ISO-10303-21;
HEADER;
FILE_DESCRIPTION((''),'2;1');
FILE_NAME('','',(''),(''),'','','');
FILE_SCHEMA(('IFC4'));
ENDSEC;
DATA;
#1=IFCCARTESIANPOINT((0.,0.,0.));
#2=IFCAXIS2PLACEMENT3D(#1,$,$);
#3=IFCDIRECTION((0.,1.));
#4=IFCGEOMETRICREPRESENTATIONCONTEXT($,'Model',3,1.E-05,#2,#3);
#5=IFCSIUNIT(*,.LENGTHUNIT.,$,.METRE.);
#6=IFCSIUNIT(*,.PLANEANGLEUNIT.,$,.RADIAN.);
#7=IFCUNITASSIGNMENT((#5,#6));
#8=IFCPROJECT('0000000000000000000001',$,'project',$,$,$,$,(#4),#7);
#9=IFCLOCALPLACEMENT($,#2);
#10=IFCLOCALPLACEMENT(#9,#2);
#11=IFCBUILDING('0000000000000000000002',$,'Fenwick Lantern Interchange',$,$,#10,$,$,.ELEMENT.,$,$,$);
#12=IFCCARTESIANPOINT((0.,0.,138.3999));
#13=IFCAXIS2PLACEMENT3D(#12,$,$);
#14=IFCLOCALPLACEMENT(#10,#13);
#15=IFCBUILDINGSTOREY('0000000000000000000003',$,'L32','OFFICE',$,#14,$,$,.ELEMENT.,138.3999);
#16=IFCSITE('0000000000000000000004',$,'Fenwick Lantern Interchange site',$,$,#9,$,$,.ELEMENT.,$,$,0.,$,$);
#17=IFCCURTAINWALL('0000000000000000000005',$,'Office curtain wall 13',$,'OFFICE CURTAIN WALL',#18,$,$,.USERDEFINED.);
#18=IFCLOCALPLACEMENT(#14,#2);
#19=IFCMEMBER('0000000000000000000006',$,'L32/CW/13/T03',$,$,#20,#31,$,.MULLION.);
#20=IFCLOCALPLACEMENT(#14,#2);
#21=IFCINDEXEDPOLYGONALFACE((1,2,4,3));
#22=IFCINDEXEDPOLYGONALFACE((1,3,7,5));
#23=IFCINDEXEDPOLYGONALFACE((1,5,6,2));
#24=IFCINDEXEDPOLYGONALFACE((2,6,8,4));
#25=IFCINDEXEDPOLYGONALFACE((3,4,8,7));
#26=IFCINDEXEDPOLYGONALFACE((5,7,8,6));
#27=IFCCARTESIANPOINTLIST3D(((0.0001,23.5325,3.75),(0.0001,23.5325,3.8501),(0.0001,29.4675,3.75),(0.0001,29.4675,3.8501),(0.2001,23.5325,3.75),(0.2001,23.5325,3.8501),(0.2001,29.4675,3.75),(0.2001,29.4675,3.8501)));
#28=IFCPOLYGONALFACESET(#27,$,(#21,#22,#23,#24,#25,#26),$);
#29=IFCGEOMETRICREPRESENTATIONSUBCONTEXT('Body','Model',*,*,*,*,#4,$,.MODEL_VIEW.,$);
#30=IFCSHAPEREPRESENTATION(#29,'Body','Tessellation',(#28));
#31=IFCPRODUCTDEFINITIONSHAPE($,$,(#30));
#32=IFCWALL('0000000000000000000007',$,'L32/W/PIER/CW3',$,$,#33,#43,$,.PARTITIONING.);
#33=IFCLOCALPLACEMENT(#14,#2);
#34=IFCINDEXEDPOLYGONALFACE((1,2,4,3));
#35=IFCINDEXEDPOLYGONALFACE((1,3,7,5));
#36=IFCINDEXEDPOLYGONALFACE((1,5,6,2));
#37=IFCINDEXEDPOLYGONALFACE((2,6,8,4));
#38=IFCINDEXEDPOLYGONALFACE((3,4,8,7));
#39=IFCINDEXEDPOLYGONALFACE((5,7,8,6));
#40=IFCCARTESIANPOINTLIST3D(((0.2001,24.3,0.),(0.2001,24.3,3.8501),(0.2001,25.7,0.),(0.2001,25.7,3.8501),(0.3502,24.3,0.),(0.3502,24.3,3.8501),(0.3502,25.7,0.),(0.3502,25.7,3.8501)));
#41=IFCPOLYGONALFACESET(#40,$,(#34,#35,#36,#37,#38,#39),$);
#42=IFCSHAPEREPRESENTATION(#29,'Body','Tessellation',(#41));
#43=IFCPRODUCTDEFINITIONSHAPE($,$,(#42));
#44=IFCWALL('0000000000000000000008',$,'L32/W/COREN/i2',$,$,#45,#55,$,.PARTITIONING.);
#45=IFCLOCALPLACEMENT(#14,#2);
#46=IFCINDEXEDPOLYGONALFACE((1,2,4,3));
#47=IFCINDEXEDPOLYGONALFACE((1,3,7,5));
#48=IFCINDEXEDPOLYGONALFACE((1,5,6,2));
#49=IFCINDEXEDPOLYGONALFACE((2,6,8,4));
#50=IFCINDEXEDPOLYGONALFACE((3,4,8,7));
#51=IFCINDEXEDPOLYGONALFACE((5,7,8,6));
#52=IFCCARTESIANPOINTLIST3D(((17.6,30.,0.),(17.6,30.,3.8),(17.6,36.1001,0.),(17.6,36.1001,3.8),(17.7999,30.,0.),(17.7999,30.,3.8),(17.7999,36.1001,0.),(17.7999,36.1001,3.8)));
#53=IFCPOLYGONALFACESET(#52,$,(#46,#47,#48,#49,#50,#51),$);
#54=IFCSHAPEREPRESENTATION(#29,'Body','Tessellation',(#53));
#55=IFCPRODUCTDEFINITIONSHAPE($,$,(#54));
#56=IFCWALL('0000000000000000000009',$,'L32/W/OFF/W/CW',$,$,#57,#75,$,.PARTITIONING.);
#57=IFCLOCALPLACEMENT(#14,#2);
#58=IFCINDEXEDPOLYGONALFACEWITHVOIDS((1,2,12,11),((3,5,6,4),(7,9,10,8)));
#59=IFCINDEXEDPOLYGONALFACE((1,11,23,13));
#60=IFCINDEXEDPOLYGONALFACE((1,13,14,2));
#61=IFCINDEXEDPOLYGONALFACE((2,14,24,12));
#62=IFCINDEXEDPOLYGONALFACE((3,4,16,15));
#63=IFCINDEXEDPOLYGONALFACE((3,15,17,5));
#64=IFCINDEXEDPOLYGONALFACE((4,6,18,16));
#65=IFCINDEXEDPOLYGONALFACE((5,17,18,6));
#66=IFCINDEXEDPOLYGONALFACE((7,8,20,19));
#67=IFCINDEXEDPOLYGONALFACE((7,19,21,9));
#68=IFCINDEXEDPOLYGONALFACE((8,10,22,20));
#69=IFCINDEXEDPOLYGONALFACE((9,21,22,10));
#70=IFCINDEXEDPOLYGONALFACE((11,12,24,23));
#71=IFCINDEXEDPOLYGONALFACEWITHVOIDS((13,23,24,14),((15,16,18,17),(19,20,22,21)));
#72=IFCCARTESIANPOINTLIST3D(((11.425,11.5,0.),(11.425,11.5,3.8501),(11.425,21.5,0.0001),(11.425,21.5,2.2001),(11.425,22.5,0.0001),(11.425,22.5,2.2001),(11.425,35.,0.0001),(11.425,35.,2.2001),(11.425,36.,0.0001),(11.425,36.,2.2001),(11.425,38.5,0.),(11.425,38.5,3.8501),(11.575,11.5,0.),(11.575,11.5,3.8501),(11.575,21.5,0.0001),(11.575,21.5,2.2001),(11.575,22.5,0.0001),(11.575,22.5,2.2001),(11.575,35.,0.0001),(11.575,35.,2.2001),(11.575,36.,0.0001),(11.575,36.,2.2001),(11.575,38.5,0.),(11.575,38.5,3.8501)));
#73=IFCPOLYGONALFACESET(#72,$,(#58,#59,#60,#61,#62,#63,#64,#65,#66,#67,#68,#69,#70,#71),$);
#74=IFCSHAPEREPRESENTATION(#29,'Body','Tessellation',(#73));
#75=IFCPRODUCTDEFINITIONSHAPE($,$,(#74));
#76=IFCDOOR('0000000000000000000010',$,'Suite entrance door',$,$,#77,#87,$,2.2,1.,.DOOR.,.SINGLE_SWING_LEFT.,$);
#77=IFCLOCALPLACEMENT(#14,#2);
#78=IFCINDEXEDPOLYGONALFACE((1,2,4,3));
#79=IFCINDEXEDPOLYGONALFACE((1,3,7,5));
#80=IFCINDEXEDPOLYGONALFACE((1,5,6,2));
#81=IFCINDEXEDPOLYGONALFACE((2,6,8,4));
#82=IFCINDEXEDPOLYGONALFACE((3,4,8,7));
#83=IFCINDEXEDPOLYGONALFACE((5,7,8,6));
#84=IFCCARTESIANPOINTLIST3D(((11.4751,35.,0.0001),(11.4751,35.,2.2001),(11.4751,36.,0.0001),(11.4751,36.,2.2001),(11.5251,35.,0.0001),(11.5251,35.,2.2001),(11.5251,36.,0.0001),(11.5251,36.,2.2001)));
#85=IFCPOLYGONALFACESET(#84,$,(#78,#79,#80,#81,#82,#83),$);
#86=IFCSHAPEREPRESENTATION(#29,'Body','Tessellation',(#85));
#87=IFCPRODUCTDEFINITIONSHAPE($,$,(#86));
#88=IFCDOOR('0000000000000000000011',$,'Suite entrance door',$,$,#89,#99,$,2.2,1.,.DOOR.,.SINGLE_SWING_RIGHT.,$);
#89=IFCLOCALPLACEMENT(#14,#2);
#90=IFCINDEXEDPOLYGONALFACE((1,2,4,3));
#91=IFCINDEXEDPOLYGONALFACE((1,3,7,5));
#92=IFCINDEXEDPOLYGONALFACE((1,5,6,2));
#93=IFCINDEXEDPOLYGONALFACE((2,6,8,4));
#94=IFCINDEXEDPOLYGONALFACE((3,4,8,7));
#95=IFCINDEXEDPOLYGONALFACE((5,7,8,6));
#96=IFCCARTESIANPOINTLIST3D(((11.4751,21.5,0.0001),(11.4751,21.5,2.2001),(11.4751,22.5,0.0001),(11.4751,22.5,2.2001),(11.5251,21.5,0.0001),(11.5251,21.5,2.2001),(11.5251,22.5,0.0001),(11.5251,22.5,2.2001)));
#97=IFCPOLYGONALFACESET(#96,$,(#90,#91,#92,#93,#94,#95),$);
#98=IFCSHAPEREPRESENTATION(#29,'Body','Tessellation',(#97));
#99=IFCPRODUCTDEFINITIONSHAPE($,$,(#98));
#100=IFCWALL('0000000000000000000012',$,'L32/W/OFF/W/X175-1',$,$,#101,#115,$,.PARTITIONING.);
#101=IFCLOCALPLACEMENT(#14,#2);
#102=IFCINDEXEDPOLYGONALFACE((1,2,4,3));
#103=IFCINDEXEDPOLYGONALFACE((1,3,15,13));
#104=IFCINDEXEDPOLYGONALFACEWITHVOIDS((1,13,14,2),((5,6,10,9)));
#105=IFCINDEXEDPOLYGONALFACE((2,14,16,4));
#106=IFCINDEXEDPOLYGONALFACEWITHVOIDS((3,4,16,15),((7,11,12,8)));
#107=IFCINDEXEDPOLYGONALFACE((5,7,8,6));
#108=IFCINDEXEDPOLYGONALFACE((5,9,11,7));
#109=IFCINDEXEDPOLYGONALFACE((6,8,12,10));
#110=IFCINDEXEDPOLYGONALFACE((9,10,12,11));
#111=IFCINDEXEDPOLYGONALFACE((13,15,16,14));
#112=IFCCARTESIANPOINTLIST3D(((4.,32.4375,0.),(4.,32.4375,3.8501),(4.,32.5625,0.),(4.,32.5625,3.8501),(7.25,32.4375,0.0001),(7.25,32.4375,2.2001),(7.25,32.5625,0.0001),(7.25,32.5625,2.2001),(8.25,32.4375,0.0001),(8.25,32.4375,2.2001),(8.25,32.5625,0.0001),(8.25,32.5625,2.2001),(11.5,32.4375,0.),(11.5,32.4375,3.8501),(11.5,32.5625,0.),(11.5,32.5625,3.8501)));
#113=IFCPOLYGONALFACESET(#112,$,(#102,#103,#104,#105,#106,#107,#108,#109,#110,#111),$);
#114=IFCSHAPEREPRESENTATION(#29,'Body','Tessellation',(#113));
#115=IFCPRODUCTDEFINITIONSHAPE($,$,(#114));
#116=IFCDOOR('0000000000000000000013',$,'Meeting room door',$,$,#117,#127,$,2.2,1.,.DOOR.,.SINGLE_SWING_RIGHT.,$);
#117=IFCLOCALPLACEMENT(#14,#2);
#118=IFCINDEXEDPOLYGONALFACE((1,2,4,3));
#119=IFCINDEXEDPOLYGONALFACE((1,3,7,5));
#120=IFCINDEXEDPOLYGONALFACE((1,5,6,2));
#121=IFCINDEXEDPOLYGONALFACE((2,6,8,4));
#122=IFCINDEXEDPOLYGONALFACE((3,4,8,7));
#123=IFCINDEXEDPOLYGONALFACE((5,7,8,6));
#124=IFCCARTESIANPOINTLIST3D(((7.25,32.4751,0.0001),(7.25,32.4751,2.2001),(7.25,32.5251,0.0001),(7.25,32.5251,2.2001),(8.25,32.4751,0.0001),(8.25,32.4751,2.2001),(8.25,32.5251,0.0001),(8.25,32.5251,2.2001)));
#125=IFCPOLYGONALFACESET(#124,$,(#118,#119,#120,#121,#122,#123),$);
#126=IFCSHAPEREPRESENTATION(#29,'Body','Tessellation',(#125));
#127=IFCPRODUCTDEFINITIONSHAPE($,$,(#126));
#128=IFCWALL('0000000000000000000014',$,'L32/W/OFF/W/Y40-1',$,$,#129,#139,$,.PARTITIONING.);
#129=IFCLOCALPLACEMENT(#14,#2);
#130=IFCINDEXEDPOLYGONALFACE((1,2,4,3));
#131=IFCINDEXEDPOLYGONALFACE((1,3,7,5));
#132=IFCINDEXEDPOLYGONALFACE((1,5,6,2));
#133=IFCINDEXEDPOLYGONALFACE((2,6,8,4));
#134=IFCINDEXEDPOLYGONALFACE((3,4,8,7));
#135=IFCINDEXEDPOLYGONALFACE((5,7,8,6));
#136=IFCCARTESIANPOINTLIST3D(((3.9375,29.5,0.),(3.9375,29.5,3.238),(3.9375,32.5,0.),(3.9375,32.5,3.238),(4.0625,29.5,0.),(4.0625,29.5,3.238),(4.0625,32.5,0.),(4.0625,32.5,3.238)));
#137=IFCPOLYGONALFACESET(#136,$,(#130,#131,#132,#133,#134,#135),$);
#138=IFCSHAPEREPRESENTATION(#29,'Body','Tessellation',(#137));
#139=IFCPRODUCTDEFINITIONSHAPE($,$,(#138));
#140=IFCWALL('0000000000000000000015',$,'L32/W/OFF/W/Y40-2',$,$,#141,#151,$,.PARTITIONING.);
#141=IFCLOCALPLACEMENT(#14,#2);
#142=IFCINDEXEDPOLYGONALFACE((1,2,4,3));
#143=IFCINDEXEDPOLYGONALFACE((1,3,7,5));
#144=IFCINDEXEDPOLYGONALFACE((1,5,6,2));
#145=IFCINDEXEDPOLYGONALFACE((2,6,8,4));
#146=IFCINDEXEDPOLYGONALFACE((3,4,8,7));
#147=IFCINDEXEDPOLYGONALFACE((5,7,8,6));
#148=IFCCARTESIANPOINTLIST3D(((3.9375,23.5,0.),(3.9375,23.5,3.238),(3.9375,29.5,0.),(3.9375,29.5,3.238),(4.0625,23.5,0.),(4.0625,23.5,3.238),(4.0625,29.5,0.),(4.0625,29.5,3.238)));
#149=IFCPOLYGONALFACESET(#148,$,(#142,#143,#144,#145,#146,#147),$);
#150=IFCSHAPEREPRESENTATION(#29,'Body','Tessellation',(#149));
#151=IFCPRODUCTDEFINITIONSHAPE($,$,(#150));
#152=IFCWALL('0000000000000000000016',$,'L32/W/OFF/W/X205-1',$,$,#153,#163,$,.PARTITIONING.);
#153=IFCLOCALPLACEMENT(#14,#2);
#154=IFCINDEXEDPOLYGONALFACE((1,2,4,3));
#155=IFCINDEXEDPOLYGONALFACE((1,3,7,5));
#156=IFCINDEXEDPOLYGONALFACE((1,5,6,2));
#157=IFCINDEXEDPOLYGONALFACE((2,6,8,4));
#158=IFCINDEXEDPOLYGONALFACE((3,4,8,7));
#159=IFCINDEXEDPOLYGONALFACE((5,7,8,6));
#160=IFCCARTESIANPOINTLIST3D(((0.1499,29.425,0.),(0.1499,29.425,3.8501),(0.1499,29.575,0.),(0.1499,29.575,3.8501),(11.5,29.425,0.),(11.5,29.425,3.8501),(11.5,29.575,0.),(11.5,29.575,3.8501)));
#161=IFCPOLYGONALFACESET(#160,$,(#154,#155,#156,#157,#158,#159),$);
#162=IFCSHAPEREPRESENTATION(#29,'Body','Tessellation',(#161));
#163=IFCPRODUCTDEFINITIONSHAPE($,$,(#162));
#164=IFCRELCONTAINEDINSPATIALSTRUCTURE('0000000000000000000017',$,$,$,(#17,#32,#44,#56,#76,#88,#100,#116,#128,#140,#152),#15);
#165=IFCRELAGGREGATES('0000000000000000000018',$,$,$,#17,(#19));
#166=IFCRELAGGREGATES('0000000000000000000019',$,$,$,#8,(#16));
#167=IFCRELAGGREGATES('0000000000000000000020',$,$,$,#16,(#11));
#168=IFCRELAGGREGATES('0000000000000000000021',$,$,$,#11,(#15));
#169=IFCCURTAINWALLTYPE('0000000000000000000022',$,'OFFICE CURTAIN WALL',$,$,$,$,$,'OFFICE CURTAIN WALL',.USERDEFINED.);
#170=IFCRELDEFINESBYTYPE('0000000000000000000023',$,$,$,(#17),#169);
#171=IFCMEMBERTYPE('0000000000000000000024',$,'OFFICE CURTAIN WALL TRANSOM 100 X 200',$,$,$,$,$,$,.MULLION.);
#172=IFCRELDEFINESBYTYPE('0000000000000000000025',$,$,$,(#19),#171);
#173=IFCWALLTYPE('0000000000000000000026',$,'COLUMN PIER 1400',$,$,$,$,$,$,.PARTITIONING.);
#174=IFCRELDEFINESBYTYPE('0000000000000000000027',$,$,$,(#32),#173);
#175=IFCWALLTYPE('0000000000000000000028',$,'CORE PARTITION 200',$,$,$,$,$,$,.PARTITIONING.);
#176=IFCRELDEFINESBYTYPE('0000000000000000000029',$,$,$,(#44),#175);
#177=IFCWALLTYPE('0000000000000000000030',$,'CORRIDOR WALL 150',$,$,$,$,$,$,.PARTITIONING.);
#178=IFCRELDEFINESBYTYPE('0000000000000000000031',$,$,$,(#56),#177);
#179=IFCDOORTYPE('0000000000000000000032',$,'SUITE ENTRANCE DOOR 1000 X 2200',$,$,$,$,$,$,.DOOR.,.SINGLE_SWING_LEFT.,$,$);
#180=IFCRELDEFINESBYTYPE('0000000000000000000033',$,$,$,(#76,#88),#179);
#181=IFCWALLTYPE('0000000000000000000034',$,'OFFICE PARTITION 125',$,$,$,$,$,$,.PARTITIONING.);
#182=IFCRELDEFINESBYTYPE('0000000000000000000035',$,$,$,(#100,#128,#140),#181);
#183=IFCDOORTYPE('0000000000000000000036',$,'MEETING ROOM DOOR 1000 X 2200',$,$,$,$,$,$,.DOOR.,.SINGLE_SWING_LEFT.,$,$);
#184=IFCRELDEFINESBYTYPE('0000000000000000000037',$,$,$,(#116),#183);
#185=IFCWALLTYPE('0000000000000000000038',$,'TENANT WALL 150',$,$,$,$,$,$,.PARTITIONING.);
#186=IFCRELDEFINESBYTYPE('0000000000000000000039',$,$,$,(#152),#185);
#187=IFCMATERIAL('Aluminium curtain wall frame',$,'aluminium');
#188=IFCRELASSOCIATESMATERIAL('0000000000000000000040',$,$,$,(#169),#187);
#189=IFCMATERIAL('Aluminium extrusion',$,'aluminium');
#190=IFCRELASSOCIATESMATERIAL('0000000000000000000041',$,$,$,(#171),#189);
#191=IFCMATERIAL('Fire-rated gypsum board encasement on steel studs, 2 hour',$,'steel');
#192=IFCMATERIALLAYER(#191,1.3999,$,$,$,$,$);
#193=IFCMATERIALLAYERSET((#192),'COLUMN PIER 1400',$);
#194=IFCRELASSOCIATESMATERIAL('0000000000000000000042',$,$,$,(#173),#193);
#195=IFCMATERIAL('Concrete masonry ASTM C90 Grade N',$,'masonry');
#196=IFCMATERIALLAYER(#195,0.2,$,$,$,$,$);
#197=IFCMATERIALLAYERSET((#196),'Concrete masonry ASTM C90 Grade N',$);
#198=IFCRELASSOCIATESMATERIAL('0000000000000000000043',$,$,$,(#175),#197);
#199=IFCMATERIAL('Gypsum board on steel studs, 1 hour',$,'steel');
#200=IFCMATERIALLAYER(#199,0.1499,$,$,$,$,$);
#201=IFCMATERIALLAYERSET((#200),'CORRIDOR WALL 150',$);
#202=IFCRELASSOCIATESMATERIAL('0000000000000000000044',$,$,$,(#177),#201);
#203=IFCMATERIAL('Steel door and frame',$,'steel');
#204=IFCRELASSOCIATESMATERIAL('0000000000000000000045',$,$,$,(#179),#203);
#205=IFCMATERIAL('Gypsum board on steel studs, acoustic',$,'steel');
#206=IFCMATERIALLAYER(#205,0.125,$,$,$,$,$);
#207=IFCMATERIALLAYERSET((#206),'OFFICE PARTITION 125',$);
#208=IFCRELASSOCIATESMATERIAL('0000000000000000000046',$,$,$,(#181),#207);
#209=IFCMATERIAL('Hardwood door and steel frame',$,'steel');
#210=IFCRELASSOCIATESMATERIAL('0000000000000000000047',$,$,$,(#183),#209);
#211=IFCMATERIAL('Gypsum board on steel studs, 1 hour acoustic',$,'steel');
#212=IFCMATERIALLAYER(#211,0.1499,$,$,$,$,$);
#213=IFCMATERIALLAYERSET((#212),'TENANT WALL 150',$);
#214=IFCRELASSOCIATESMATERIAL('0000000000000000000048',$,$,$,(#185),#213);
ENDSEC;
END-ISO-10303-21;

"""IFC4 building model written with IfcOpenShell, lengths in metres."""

from ifc_helpers import new_model, si_unit, direction, frame, frame_2d, origin, origin_2d, place, context, subcontext, project, spatial, rectangle, extrude, material, layer, layer_set, material_profile, profile_set, type_object, element, fill, aggregate, save


model = new_model("IFC4")

# Units and contexts
model_context = context("Model", 3, precision=1e-05, world=origin(), true_north=direction((0.0, 1.0)))
body_context = subcontext(model_context, "Body", "Model", "MODEL_VIEW")
ifc_project = project(units=[si_unit("LENGTHUNIT", "METRE"), si_unit("PLANEANGLEUNIT", "RADIAN")], contexts=[model_context])

# Site, building, storey
site_placement = place(None, origin())
site = spatial("IfcSite", under=ifc_project, at=site_placement, Name="Fenwick Lantern Interchange site", CompositionType="ELEMENT", RefElevation=0.0)
building_placement = place(site_placement, origin())
building = spatial("IfcBuilding", under=site, at=building_placement, Name="Fenwick Lantern Interchange", CompositionType="ELEMENT")
storey_placement = place(building_placement, frame((0.0, 0.0, 138.3999)))
storey = spatial("IfcBuildingStorey", under=building, at=storey_placement, Name="L32", Description="OFFICE", CompositionType="ELEMENT", Elevation=138.3999)

# Curtain wall, member
ifc_material_1 = material(Name="Aluminium curtain wall frame", Category="aluminium")
curtain_wall_type = type_object("IfcCurtainWallType", Name="OFFICE CURTAIN WALL", ElementType="OFFICE CURTAIN WALL", PredefinedType="USERDEFINED", material=ifc_material_1)
curtain_wall_placement = place(storey_placement, origin())
curtain_wall = element("IfcCurtainWall", 1, at=curtain_wall_placement, inside=storey, type_object=curtain_wall_type, Name="Office curtain wall 13", ObjectType="OFFICE CURTAIN WALL", PredefinedType="USERDEFINED")
ifc_material_2 = material(Name="Aluminium extrusion", Category="aluminium")
ifc_material_profile_1 = material_profile(ifc_material_2, rectangle(XDim=0.2, YDim=0.1001, at=origin_2d()), Name="OFFICE CURTAIN WALL TRANSOM 100 X 200")
ifc_profile_set_1 = profile_set([ifc_material_profile_1], Name="Aluminium extrusion")
member_type_1 = type_object("IfcMemberType", Name="OFFICE CURTAIN WALL TRANSOM 100 X 200", PredefinedType="MULLION", material=ifc_profile_set_1)
member_1_placement = place(storey_placement, frame((0.1001, 29.4675, 3.8), z_axis=(0.0, -1.0, 0.0), x_axis=(1.0, 0.0, 0.0)))
member_1 = element("IfcMember", 2, at=member_1_placement, type_object=member_type_1, Name="L32/CW/13/T03", PredefinedType="MULLION", context=body_context, shape_type="SweptSolid", body=[
    extrude(rectangle(XDim=0.2, YDim=0.1001, at=origin_2d()), origin(), (0.0, 0.0, 1.0), 5.9351),
])
aggregate(curtain_wall, [member_1])

# Walls
ifc_material_3 = material(Name="Fire-rated gypsum board encasement on steel studs, 2 hour", Category="steel")
ifc_layer_1 = layer(ifc_material_3, 1.3999)
ifc_layer_set_1 = layer_set([ifc_layer_1], Name="COLUMN PIER 1400")
wall_type_1 = type_object("IfcWallType", Name="COLUMN PIER 1400", PredefinedType="PARTITIONING", material=ifc_layer_set_1)
wall_1_placement = place(storey_placement, frame((0.2, 25.0, 0.0), z_axis=(0.0, 0.0, 1.0), x_axis=(1.0, 0.0, 0.0)))
element("IfcWall", 3, at=wall_1_placement, inside=storey, type_object=wall_type_1, Name="L32/W/PIER/CW3", PredefinedType="PARTITIONING", context=body_context, shape_type="SweptSolid", body=[
    extrude(rectangle(XDim=0.1501, YDim=1.3999, at=frame_2d((0.0752, 0.0))), origin(), (0.0, 0.0, 1.0), 3.8501),
])
ifc_material_4 = material(Name="Concrete masonry ASTM C90 Grade N", Category="masonry")
ifc_layer_2 = layer(ifc_material_4, 0.2)
ifc_layer_set_2 = layer_set([ifc_layer_2], Name="Concrete masonry ASTM C90 Grade N")
wall_type_2 = type_object("IfcWallType", Name="CORE PARTITION 200", PredefinedType="PARTITIONING", material=ifc_layer_set_2)
wall_2_placement = place(storey_placement, frame((17.7, 36.1001, 0.0), z_axis=(0.0, 0.0, 1.0), x_axis=(0.0, -1.0, 0.0)))
element("IfcWall", 4, at=wall_2_placement, inside=storey, type_object=wall_type_2, Name="L32/W/COREN/i2", PredefinedType="PARTITIONING", context=body_context, shape_type="SweptSolid", body=[
    extrude(rectangle(XDim=6.1001, YDim=0.2, at=frame_2d((3.05, 0.0))), origin(), (0.0, 0.0, 1.0), 3.8),
])

# Wall, openings, doors
ifc_material_5 = material(Name="Steel door and frame", Category="steel")
ifc_material_6 = material(Name="Hardwood door and steel frame", Category="steel")
ifc_material_7 = material(Name="Gypsum board on steel studs, 1 hour", Category="steel")
ifc_layer_3 = layer(ifc_material_7, 0.1499)
ifc_layer_set_3 = layer_set([ifc_layer_3], Name="CORRIDOR WALL 150")
wall_type_3 = type_object("IfcWallType", Name="CORRIDOR WALL 150", PredefinedType="PARTITIONING", material=ifc_layer_set_3)
wall_3_placement = place(storey_placement, frame((11.5, 38.5, 0.0), z_axis=(0.0, 0.0, 1.0), x_axis=(0.0, -1.0, 0.0)))
wall_3 = element("IfcWall", 5, at=wall_3_placement, inside=storey, type_object=wall_type_3, Name="L32/W/OFF/W/CW", PredefinedType="PARTITIONING", context=body_context, shape_type="SweptSolid", body=[
    extrude(rectangle(XDim=27.0, YDim=0.1499, at=frame_2d((13.5, 0.0))), origin(), (0.0, 0.0, 1.0), 3.8501),
])
opening_1_placement = place(wall_3_placement, frame((2.5, 0.0, 0.0)))
opening_1 = element("IfcOpeningElement", 6, at=opening_1_placement, cuts=wall_3, PredefinedType="OPENING", context=body_context, shape_type="SweptSolid", body=[
    extrude(rectangle(XDim=1.0, YDim=2.2, at=frame_2d((0.5, 1.1001))), frame((0.0, 0.085, 0.0), z_axis=(0.0, -1.0, 0.0), x_axis=(1.0, 0.0, 0.0)), (0.0, 0.0, 1.0), 0.1699),
])
opening_2_placement = place(wall_3_placement, frame((16.0, 0.0, 0.0)))
opening_2 = element("IfcOpeningElement", 7, at=opening_2_placement, cuts=wall_3, PredefinedType="OPENING", context=body_context, shape_type="SweptSolid", body=[
    extrude(rectangle(XDim=1.0, YDim=2.2, at=frame_2d((0.5, 1.1001))), frame((0.0, 0.085, 0.0), z_axis=(0.0, -1.0, 0.0), x_axis=(1.0, 0.0, 0.0)), (0.0, 0.0, 1.0), 0.1699),
])
door_type_1 = type_object("IfcDoorType", Name="SUITE ENTRANCE DOOR 1000 X 2200", OperationType="SINGLE_SWING_LEFT", PredefinedType="DOOR", material=ifc_material_5)
door_1_placement = place(opening_1_placement, frame((1.0, 0.0, 0.0), z_axis=(0.0, 0.0, 1.0), x_axis=(-1.0, 0.0, 0.0)))
door_1 = element("IfcDoor", 8, at=door_1_placement, inside=storey, type_object=door_type_1, Name="Suite entrance door", OperationType="SINGLE_SWING_LEFT", OverallHeight=2.2, OverallWidth=1.0, PredefinedType="DOOR", context=body_context, shape_type="SweptSolid", body=[
    extrude(rectangle(XDim=1.0, YDim=2.2, at=frame_2d((0.5, 1.1001))), frame((0.0, 0.0249, 0.0), z_axis=(0.0, -1.0, 0.0), x_axis=(1.0, 0.0, 0.0)), (0.0, 0.0, 1.0), 0.05),
])
fill(opening_1, door_1)
door_2_placement = place(opening_2_placement, frame((1.0, 0.0, 0.0), z_axis=(0.0, 0.0, 1.0), x_axis=(-1.0, 0.0, 0.0)))
door_2 = element("IfcDoor", 9, at=door_2_placement, inside=storey, type_object=door_type_1, Name="Suite entrance door", OperationType="SINGLE_SWING_RIGHT", OverallHeight=2.2, OverallWidth=1.0, PredefinedType="DOOR", context=body_context, shape_type="SweptSolid", body=[
    extrude(rectangle(XDim=1.0, YDim=2.2, at=frame_2d((0.5, 1.1001))), frame((0.0, 0.0249, 0.0), z_axis=(0.0, -1.0, 0.0), x_axis=(1.0, 0.0, 0.0)), (0.0, 0.0, 1.0), 0.05),
])
fill(opening_2, door_2)

# Wall, opening, door
ifc_material_8 = material(Name="Gypsum board on steel studs, acoustic", Category="steel")
ifc_layer_4 = layer(ifc_material_8, 0.125)
ifc_layer_set_4 = layer_set([ifc_layer_4], Name="OFFICE PARTITION 125")
wall_type_4 = type_object("IfcWallType", Name="OFFICE PARTITION 125", PredefinedType="PARTITIONING", material=ifc_layer_set_4)
wall_4_placement = place(storey_placement, frame((4.0, 32.5, 0.0), z_axis=(0.0, 0.0, 1.0), x_axis=(1.0, 0.0, 0.0)))
wall_4 = element("IfcWall", 10, at=wall_4_placement, inside=storey, type_object=wall_type_4, Name="L32/W/OFF/W/X175-1", PredefinedType="PARTITIONING", context=body_context, shape_type="SweptSolid", body=[
    extrude(rectangle(XDim=7.5, YDim=0.125, at=frame_2d((3.75, 0.0))), origin(), (0.0, 0.0, 1.0), 3.8501),
])
opening_3_placement = place(wall_4_placement, frame((3.25, 0.0, 0.0)))
opening_3 = element("IfcOpeningElement", 11, at=opening_3_placement, cuts=wall_4, PredefinedType="OPENING", context=body_context, shape_type="SweptSolid", body=[
    extrude(rectangle(XDim=1.0, YDim=2.2, at=frame_2d((0.5, 1.1001))), frame((0.0, 0.0725, 0.0), z_axis=(0.0, -1.0, 0.0), x_axis=(1.0, 0.0, 0.0)), (0.0, 0.0, 1.0), 0.145),
])
door_type_2 = type_object("IfcDoorType", Name="MEETING ROOM DOOR 1000 X 2200", OperationType="SINGLE_SWING_LEFT", PredefinedType="DOOR", material=ifc_material_6)
door_3_placement = place(opening_3_placement, frame((1.0, 0.0, 0.0), z_axis=(0.0, 0.0, 1.0), x_axis=(-1.0, 0.0, 0.0)))
door_3 = element("IfcDoor", 12, at=door_3_placement, inside=storey, type_object=door_type_2, Name="Meeting room door", OperationType="SINGLE_SWING_RIGHT", OverallHeight=2.2, OverallWidth=1.0, PredefinedType="DOOR", context=body_context, shape_type="SweptSolid", body=[
    extrude(rectangle(XDim=1.0, YDim=2.2, at=frame_2d((0.5, 1.1001))), frame((0.0, 0.0249, 0.0), z_axis=(0.0, -1.0, 0.0), x_axis=(1.0, 0.0, 0.0)), (0.0, 0.0, 1.0), 0.05),
])
fill(opening_3, door_3)

# Walls
wall_5_placement = place(storey_placement, frame((4.0, 32.5, 0.0), z_axis=(0.0, 0.0, 1.0), x_axis=(0.0, -1.0, 0.0)))
element("IfcWall", 13, at=wall_5_placement, inside=storey, type_object=wall_type_4, Name="L32/W/OFF/W/Y40-1", PredefinedType="PARTITIONING", context=body_context, shape_type="SweptSolid", body=[
    extrude(rectangle(XDim=3.0, YDim=0.125, at=frame_2d((1.5, 0.0))), origin(), (0.0, 0.0, 1.0), 3.238),
])
wall_6_placement = place(storey_placement, frame((4.0, 29.5, 0.0), z_axis=(0.0, 0.0, 1.0), x_axis=(0.0, -1.0, 0.0)))
element("IfcWall", 14, at=wall_6_placement, inside=storey, type_object=wall_type_4, Name="L32/W/OFF/W/Y40-2", PredefinedType="PARTITIONING", context=body_context, shape_type="SweptSolid", body=[
    extrude(rectangle(XDim=6.0, YDim=0.125, at=frame_2d((3.0, 0.0))), origin(), (0.0, 0.0, 1.0), 3.238),
])
ifc_material_9 = material(Name="Gypsum board on steel studs, 1 hour acoustic", Category="steel")
ifc_layer_5 = layer(ifc_material_9, 0.1499)
ifc_layer_set_5 = layer_set([ifc_layer_5], Name="TENANT WALL 150")
wall_type_5 = type_object("IfcWallType", Name="TENANT WALL 150", PredefinedType="PARTITIONING", material=ifc_layer_set_5)
wall_7_placement = place(storey_placement, frame((0.1499, 29.5, 0.0), z_axis=(0.0, 0.0, 1.0), x_axis=(1.0, 0.0, 0.0)))
element("IfcWall", 15, at=wall_7_placement, inside=storey, type_object=wall_type_5, Name="L32/W/OFF/W/X205-1", PredefinedType="PARTITIONING", context=body_context, shape_type="SweptSolid", body=[
    extrude(rectangle(XDim=11.3501, YDim=0.1499, at=frame_2d((5.675, 0.0))), origin(), (0.0, 0.0, 1.0), 3.8501),
])

save(model, "model.ifc")
